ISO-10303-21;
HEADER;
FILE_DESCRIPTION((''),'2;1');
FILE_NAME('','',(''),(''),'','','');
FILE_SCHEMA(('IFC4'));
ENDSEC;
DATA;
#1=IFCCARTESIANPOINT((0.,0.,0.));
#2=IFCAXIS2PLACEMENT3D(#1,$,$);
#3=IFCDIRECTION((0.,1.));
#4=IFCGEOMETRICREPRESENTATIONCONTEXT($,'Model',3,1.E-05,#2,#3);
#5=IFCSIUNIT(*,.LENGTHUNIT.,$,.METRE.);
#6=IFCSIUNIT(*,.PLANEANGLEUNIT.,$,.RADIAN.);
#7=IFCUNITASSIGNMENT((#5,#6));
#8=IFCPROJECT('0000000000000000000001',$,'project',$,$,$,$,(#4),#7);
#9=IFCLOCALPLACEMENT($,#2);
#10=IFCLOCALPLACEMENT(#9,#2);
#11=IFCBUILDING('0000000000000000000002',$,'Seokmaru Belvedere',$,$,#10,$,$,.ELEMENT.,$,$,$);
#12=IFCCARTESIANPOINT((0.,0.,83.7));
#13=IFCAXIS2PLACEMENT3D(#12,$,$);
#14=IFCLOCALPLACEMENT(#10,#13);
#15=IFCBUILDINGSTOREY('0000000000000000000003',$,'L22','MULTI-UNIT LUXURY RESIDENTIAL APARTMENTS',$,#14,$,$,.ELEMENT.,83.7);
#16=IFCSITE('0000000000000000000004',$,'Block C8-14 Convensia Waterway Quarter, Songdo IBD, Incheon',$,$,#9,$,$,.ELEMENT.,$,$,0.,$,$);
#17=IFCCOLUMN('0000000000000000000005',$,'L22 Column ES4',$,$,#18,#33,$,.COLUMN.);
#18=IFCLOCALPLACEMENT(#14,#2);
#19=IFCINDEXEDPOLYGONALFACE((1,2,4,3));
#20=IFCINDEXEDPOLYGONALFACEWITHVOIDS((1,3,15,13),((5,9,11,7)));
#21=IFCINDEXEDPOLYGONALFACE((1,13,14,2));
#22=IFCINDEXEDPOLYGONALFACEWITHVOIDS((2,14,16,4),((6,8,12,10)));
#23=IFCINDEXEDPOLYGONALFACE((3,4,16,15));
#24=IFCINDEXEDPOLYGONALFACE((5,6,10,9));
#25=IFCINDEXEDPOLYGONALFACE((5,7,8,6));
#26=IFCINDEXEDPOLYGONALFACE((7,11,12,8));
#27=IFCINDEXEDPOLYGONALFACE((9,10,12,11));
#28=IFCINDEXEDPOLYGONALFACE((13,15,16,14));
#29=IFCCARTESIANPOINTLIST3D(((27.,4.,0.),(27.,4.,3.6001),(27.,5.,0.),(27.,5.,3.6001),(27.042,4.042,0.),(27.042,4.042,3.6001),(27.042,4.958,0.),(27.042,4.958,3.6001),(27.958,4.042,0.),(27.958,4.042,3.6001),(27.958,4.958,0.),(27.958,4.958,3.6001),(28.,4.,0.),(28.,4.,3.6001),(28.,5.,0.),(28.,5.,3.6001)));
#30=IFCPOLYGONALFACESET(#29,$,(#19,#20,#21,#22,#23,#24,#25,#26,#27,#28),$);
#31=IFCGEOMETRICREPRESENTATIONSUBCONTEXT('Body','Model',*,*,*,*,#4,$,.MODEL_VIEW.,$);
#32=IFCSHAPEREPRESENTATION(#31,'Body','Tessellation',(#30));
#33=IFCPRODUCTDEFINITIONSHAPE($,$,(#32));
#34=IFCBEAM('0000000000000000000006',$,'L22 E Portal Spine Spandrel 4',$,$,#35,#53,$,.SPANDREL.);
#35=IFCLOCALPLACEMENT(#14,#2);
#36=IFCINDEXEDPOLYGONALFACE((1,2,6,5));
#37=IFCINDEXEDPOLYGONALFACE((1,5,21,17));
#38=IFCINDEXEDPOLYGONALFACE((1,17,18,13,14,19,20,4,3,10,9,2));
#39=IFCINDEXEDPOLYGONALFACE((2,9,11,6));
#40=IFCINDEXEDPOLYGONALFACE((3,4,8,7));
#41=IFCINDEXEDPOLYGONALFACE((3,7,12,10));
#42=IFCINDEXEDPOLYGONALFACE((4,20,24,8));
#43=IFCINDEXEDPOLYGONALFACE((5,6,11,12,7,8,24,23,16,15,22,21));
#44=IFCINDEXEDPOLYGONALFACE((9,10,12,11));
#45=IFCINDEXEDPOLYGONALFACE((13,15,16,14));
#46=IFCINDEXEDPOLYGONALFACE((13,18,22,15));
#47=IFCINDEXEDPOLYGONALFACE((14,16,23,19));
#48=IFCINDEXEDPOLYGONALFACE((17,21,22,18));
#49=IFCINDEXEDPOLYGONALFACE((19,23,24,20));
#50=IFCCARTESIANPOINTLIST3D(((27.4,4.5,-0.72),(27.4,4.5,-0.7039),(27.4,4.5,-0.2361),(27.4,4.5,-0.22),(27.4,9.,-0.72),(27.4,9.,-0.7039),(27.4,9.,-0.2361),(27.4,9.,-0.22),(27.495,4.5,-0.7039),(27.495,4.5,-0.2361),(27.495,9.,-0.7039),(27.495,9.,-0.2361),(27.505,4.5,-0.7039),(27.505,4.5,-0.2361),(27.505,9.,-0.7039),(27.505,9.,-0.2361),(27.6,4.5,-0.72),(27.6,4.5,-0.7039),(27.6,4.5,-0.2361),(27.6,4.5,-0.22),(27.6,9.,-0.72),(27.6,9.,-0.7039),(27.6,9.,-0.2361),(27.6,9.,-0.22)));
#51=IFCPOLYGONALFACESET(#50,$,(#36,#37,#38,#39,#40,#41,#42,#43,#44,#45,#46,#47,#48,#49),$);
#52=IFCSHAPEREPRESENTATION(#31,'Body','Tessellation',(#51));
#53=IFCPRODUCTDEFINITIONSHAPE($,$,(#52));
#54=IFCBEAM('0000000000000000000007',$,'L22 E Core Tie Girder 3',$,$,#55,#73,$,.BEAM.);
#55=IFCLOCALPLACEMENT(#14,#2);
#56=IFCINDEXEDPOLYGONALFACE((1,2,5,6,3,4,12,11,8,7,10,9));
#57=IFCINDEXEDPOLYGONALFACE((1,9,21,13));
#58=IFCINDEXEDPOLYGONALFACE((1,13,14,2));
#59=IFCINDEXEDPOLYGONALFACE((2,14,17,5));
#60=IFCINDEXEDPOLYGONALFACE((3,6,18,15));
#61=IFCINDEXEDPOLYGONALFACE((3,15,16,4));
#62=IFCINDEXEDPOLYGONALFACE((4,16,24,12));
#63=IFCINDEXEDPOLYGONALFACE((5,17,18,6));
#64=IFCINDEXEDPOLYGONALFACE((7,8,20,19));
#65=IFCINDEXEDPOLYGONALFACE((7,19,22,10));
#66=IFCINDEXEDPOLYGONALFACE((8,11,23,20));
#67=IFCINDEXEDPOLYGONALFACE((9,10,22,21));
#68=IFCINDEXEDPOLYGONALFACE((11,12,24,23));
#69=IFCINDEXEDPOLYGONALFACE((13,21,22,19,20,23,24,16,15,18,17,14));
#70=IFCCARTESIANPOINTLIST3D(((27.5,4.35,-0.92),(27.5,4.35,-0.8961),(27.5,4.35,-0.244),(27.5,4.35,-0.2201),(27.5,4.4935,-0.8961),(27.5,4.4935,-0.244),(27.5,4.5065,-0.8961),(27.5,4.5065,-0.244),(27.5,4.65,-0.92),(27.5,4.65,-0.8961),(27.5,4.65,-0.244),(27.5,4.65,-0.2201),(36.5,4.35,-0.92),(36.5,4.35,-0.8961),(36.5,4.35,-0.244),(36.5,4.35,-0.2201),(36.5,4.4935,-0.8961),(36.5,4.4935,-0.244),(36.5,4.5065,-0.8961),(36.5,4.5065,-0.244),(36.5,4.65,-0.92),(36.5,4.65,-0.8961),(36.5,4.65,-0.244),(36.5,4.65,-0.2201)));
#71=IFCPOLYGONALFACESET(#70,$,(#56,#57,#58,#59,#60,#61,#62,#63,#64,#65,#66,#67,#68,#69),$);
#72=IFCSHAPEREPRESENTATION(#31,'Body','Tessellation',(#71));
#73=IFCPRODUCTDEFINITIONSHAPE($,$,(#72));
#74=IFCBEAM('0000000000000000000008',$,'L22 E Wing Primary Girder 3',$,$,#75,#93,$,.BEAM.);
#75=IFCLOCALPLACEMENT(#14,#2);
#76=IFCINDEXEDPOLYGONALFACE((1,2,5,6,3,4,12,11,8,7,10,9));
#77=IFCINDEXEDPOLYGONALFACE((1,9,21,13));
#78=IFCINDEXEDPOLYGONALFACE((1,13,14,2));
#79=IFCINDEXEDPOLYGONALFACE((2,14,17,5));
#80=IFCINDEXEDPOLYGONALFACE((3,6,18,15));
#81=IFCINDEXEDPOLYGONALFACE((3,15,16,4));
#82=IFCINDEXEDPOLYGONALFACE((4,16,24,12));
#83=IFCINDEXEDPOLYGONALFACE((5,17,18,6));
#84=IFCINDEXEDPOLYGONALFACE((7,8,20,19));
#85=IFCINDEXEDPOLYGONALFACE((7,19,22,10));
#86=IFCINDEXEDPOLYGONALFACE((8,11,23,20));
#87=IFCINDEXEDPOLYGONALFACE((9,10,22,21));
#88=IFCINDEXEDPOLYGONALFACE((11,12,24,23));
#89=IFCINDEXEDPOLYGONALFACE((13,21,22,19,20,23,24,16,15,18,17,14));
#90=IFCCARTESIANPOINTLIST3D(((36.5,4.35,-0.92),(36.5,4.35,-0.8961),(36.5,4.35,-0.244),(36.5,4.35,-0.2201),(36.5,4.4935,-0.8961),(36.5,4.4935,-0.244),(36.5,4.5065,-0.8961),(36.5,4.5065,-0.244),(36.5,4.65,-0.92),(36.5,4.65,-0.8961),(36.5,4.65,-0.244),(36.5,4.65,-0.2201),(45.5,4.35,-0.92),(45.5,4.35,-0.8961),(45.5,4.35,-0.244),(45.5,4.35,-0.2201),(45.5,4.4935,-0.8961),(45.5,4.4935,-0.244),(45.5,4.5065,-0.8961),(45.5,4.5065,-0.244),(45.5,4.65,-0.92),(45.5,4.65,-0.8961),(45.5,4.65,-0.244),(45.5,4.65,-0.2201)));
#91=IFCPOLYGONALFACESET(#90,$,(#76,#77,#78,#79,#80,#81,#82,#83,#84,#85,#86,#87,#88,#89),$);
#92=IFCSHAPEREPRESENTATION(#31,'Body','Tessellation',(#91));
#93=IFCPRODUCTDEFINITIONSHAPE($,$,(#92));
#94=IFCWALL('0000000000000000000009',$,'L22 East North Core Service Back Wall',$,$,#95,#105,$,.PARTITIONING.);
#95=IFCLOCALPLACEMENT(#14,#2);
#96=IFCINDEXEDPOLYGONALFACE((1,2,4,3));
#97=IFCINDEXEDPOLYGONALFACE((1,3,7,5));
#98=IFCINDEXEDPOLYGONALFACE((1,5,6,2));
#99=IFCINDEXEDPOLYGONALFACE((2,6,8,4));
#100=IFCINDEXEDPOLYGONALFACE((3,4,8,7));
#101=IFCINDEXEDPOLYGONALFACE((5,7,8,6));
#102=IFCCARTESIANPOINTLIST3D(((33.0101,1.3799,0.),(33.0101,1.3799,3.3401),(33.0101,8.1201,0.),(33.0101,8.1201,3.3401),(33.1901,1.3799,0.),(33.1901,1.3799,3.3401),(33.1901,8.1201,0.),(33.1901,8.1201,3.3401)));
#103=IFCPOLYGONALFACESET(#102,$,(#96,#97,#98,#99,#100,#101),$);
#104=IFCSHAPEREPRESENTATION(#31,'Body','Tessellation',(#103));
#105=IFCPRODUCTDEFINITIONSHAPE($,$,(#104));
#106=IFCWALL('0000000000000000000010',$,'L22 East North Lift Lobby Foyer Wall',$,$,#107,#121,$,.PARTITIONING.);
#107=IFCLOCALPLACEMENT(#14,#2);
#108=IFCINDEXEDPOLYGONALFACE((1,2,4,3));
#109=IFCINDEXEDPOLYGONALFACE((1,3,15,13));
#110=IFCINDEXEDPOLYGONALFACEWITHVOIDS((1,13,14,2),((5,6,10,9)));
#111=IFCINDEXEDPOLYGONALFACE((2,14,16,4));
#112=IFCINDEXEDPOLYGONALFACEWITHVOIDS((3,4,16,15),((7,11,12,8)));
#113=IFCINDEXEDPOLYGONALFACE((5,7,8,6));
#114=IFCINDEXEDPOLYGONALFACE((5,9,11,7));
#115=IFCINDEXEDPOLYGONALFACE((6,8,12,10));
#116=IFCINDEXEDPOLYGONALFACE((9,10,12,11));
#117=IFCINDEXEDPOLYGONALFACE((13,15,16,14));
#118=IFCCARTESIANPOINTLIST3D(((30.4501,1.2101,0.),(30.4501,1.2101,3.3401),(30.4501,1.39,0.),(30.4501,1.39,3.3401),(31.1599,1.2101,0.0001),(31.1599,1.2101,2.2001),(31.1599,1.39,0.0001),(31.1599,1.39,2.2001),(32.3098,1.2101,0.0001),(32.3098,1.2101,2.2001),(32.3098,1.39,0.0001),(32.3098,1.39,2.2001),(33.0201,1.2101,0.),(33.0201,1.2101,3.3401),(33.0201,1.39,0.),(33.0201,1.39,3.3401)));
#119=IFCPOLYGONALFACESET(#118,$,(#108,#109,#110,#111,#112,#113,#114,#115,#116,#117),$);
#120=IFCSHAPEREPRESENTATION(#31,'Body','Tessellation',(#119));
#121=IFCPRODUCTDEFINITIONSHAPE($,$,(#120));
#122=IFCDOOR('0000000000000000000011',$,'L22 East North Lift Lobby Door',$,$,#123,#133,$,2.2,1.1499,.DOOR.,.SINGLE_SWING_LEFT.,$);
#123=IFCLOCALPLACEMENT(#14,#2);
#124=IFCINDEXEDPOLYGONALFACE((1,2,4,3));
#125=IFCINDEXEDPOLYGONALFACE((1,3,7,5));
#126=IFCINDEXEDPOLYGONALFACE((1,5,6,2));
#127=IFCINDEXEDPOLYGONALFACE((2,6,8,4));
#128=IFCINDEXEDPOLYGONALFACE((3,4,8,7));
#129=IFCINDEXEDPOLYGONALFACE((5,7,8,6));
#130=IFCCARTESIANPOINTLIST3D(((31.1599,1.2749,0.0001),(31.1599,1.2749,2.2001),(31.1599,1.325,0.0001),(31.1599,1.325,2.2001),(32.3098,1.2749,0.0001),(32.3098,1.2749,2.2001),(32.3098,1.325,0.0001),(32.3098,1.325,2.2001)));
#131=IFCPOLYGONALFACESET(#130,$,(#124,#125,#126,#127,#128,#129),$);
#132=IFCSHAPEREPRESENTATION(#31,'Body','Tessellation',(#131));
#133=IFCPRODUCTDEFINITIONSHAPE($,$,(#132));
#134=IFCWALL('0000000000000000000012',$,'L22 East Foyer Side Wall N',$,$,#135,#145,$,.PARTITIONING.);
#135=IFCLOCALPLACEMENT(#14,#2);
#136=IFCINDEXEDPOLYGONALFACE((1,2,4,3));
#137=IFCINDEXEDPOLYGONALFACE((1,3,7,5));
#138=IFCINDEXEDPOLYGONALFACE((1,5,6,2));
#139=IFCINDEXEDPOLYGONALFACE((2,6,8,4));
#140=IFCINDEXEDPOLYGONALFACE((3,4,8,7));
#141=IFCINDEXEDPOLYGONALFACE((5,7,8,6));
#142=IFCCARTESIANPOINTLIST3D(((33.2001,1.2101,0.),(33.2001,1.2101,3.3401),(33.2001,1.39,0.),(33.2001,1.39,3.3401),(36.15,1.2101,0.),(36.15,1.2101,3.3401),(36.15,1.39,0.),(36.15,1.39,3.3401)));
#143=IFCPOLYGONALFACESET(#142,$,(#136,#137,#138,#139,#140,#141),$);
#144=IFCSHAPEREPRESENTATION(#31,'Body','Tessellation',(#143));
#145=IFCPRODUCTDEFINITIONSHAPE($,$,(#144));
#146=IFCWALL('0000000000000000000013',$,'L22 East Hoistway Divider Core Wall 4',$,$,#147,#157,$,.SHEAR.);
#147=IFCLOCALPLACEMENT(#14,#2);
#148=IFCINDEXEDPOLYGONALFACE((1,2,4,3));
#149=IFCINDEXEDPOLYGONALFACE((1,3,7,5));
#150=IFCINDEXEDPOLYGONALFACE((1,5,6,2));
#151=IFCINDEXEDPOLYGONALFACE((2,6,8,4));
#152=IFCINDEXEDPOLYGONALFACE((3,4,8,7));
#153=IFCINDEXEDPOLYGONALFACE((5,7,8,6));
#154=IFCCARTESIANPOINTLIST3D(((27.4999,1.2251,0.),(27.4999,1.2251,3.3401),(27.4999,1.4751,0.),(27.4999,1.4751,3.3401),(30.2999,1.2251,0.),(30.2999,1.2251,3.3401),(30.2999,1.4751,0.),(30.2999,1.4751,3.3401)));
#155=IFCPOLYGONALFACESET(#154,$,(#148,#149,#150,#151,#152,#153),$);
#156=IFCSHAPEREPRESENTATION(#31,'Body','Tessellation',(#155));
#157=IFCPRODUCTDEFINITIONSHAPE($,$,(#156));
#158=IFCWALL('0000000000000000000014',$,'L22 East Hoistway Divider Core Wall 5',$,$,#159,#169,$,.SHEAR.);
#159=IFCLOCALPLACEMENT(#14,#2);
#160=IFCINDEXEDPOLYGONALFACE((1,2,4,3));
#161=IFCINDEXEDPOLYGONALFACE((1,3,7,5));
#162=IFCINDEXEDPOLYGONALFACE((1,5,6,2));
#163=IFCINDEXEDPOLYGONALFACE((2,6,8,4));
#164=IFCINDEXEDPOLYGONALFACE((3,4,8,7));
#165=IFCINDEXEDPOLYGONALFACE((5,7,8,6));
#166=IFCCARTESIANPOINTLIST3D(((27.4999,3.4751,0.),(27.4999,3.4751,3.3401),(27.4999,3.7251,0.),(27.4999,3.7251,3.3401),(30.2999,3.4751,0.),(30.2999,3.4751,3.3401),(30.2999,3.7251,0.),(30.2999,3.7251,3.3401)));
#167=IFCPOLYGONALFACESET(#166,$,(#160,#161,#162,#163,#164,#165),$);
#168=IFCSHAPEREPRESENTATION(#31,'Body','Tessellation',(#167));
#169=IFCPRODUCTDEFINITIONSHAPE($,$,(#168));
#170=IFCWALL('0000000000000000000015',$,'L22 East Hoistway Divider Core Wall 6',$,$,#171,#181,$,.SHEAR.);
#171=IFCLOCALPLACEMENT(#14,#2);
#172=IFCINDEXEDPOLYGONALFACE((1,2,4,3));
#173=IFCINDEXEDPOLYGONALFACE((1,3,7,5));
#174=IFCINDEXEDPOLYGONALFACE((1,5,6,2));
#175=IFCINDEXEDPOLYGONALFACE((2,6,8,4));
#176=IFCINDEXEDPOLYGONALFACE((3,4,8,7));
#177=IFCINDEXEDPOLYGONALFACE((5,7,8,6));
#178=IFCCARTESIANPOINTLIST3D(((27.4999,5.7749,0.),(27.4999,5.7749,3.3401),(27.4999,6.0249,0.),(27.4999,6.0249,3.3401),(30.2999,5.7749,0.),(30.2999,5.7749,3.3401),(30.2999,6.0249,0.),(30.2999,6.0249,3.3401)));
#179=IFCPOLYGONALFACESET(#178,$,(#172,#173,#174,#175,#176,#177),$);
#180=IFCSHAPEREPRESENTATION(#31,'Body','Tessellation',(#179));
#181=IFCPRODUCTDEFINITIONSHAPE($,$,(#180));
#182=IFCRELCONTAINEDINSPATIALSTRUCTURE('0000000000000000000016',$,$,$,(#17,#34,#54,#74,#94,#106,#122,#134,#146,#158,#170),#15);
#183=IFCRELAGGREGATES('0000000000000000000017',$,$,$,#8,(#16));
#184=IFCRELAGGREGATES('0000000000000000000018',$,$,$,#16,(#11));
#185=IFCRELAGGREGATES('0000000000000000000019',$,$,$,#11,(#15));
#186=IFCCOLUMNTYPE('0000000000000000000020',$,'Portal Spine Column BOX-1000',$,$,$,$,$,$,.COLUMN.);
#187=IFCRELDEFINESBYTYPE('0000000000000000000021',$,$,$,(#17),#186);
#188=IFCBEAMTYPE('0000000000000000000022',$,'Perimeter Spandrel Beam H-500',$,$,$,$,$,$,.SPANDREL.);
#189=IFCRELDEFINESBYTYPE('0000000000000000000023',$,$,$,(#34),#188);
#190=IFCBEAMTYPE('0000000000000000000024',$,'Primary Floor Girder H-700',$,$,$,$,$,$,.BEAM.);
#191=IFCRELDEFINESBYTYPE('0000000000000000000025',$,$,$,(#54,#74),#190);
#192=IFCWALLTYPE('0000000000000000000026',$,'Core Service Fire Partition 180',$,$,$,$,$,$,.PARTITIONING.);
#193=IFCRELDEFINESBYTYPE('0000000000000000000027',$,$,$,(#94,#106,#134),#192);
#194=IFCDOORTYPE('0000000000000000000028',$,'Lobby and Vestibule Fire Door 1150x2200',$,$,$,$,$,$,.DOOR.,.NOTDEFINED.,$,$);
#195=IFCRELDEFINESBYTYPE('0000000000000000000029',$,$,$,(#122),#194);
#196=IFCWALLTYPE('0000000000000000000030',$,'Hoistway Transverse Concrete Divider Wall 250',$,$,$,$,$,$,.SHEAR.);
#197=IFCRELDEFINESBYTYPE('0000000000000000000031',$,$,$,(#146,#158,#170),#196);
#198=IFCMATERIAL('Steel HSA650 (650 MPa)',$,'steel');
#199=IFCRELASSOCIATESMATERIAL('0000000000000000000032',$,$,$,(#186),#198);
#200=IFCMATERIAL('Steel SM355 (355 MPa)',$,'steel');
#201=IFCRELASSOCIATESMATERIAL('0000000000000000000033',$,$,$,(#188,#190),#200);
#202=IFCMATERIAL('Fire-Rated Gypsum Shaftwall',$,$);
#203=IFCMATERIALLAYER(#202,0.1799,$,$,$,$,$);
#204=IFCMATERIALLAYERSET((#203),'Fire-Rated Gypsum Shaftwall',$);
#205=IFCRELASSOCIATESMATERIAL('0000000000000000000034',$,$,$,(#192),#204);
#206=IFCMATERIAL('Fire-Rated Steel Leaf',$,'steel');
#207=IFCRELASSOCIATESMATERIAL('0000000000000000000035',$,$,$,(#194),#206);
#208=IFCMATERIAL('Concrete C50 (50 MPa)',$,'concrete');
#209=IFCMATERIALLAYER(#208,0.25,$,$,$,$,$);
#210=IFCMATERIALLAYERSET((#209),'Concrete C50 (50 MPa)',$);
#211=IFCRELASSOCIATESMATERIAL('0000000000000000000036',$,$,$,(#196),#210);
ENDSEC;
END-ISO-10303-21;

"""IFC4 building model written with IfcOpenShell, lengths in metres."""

from ifc_helpers import new_model, si_unit, direction, frame, frame_2d, origin, origin_2d, place, context, subcontext, project, spatial, rectangle, hollow_rectangle, i_section, extrude, source, transform, mapped, material, layer, layer_set, material_profile, profile_set, type_object, type_shapes, element, fill, save


model = new_model("IFC4")

# Units and contexts
model_context = context("Model", 3, precision=1e-05, world=origin(), true_north=direction((0.0, 1.0)))
body_context = subcontext(model_context, "Body", "Model", "MODEL_VIEW")
ifc_project = project(units=[si_unit("LENGTHUNIT", "METRE"), si_unit("PLANEANGLEUNIT", "RADIAN")], contexts=[model_context])

# Site, building, storey
site_placement = place(None, origin())
site = spatial("IfcSite", under=ifc_project, at=site_placement, Name="Block C8-14 Convensia Waterway Quarter, Songdo IBD, Incheon", CompositionType="ELEMENT", RefElevation=0.0)
building_placement = place(site_placement, origin())
building = spatial("IfcBuilding", under=site, at=building_placement, Name="Seokmaru Belvedere", CompositionType="ELEMENT")
storey_placement = place(building_placement, frame((0.0, 0.0, 83.7)))
storey = spatial("IfcBuildingStorey", under=building, at=storey_placement, Name="L22", Description="MULTI-UNIT LUXURY RESIDENTIAL APARTMENTS", CompositionType="ELEMENT", Elevation=83.7)

# Column
ifc_material_1 = material(Name="Steel HSA650 (650 MPa)", Category="steel")
ifc_material_profile_1 = material_profile(ifc_material_1, hollow_rectangle(XDim=1.0, YDim=1.0, WallThickness=0.042, at=origin_2d()), Name="BOX-1000x1000x42")
ifc_profile_set_1 = profile_set([ifc_material_profile_1], Name="Steel HSA650 (650 MPa)")
column_type = type_object("IfcColumnType", Name="Portal Spine Column BOX-1000", PredefinedType="COLUMN", material=ifc_profile_set_1)
shared_shape_1 = source(origin(), body_context, "Body", "SweptSolid", [
    extrude(hollow_rectangle(XDim=1.0, YDim=1.0, WallThickness=0.042, at=origin_2d()), origin(), (0.0, 0.0, 1.0), 3.6001),
])
type_shapes(column_type, [shared_shape_1])
column_placement = place(storey_placement, frame((27.5, 4.5, 0.0), z_axis=(0.0, 0.0, 1.0), x_axis=(1.0, 0.0, 0.0)))
element("IfcColumn", 1, at=column_placement, inside=storey, type_object=column_type, Name="L22 Column ES4", PredefinedType="COLUMN", context=body_context, shape_type="MappedRepresentation", body=[
    mapped(shared_shape_1, transform((0.0, 0.0, 0.0), scale=1.0)),
])

# Beams
ifc_material_2 = material(Name="Steel SM355 (355 MPa)", Category="steel")
ifc_material_profile_2 = material_profile(ifc_material_2, i_section(OverallWidth=0.2, OverallDepth=0.5, WebThickness=0.01, FlangeThickness=0.0161, at=origin_2d()), Name="H-500x200x10x16")
ifc_profile_set_2 = profile_set([ifc_material_profile_2], Name="Steel SM355 (355 MPa)")
beam_type_1 = type_object("IfcBeamType", Name="Perimeter Spandrel Beam H-500", PredefinedType="SPANDREL", material=ifc_profile_set_2)
shared_shape_2 = source(origin(), body_context, "Body", "SweptSolid", [
    extrude(i_section(OverallWidth=0.2, OverallDepth=0.5, WebThickness=0.01, FlangeThickness=0.0161, at=origin_2d()), origin(), (0.0, 0.0, 1.0), 4.5),
])
type_shapes(beam_type_1, [shared_shape_2])
beam_placement = place(storey_placement, frame((27.5, 4.5, -0.47), z_axis=(0.0, 1.0, 0.0), x_axis=(-1.0, 0.0, 0.0)))
element("IfcBeam", 2, at=beam_placement, inside=storey, type_object=beam_type_1, Name="L22 E Portal Spine Spandrel 4", PredefinedType="SPANDREL", context=body_context, shape_type="MappedRepresentation", body=[
    mapped(shared_shape_2, transform((0.0, 0.0, 0.0), scale=1.0)),
])
ifc_material_profile_3 = material_profile(ifc_material_2, i_section(OverallWidth=0.3, OverallDepth=0.7, WebThickness=0.0129, FlangeThickness=0.0239, at=origin_2d()), Name="H-700x300x13x24")
ifc_profile_set_3 = profile_set([ifc_material_profile_3], Name="Steel SM355 (355 MPa)")
beam_type_2 = type_object("IfcBeamType", Name="Primary Floor Girder H-700", PredefinedType="BEAM", material=ifc_profile_set_3)
shared_shape_3 = source(origin(), body_context, "Body", "SweptSolid", [
    extrude(i_section(OverallWidth=0.3, OverallDepth=0.7, WebThickness=0.0129, FlangeThickness=0.0239, at=origin_2d()), origin(), (0.0, 0.0, 1.0), 9.0),
])
type_shapes(beam_type_2, [shared_shape_3])
for number, where, z_axis, x_axis, name in (
    (3, (27.5, 4.5, -0.5701), (1.0, 0.0, 0.0), (0.0, 1.0, 0.0), "L22 E Core Tie Girder 3"),
    (4, (36.5, 4.5, -0.5701), (1.0, 0.0, 0.0), (0.0, 1.0, 0.0), "L22 E Wing Primary Girder 3"),
):
    element("IfcBeam", number, at=place(storey_placement, frame(where, z_axis=z_axis, x_axis=x_axis)), inside=storey, type_object=beam_type_2, Name=name, PredefinedType="BEAM", context=body_context, shape_type="MappedRepresentation", body=[
        mapped(shared_shape_3, transform((0.0, 0.0, 0.0), scale=1.0)),
    ])

# Wall
ifc_material_3 = material(Name="Fire-Rated Gypsum Shaftwall")
ifc_layer_1 = layer(ifc_material_3, 0.1799)
ifc_layer_set_1 = layer_set([ifc_layer_1], Name="Fire-Rated Gypsum Shaftwall")
wall_type_1 = type_object("IfcWallType", Name="Core Service Fire Partition 180", PredefinedType="PARTITIONING", material=ifc_layer_set_1)
wall_1_placement = place(storey_placement, frame((33.1001, 1.3799, 0.0), z_axis=(0.0, 0.0, 1.0), x_axis=(0.0, 1.0, 0.0)))
element("IfcWall", 5, at=wall_1_placement, inside=storey, type_object=wall_type_1, Name="L22 East North Core Service Back Wall", PredefinedType="PARTITIONING", context=body_context, shape_type="SweptSolid", body=[
    extrude(rectangle(XDim=6.7402, YDim=0.1799, at=frame_2d((3.3701, 0.0))), origin(), (0.0, 0.0, 1.0), 3.3401),
])

# Wall, opening, door
wall_2_placement = place(storey_placement, frame((30.45, 1.3, 0.0), z_axis=(0.0, 0.0, 1.0), x_axis=(1.0, 0.0, 0.0)))
wall_2 = element("IfcWall", 6, at=wall_2_placement, inside=storey, type_object=wall_type_1, Name="L22 East North Lift Lobby Foyer Wall", PredefinedType="PARTITIONING", context=body_context, shape_type="SweptSolid", body=[
    extrude(rectangle(XDim=2.5701, YDim=0.1799, at=frame_2d((1.2852, 0.0))), origin(), (0.0, 0.0, 1.0), 3.3401),
])
opening_1_placement = place(wall_2_placement, frame((0.71, 0.0, 0.0)))
opening_1 = element("IfcOpeningElement", 7, at=opening_1_placement, cuts=wall_2, PredefinedType="OPENING", context=body_context, shape_type="SweptSolid", body=[
    extrude(rectangle(XDim=1.1499, YDim=2.2, at=frame_2d((0.575, 1.1001))), frame((0.0, 0.1001, 0.0), z_axis=(0.0, -1.0, 0.0), x_axis=(1.0, 0.0, 0.0)), (0.0, 0.0, 1.0), 0.2),
])
ifc_material_4 = material(Name="Fire-Rated Steel Leaf", Category="steel")
door_type_1 = type_object("IfcDoorType", Name="Lobby and Vestibule Fire Door 1150x2200", OperationType="NOTDEFINED", PredefinedType="DOOR", material=ifc_material_4)
shared_shape_4 = source(origin(), body_context, "Body", "SweptSolid", [
    extrude(rectangle(XDim=1.1499, YDim=2.2, at=frame_2d((0.575, 1.1001))), frame((0.0, 0.0249, 0.0), z_axis=(0.0, -1.0, 0.0), x_axis=(1.0, 0.0, 0.0)), (0.0, 0.0, 1.0), 0.05),
])
type_shapes(door_type_1, [shared_shape_4])
door_1_placement = place(opening_1_placement, origin())
door_1 = element("IfcDoor", 8, at=door_1_placement, inside=storey, type_object=door_type_1, Name="L22 East North Lift Lobby Door", OperationType="SINGLE_SWING_LEFT", OverallHeight=2.2, OverallWidth=1.1499, PredefinedType="DOOR", context=body_context, shape_type="MappedRepresentation", body=[
    mapped(shared_shape_4, transform((0.0, 0.0, 0.0), scale=1.0)),
])
fill(opening_1, door_1)

# Walls
wall_3_placement = place(storey_placement, frame((33.2, 1.3, 0.0), z_axis=(0.0, 0.0, 1.0), x_axis=(1.0, 0.0, 0.0)))
element("IfcWall", 9, at=wall_3_placement, inside=storey, type_object=wall_type_1, Name="L22 East Foyer Side Wall N", PredefinedType="PARTITIONING", context=body_context, shape_type="SweptSolid", body=[
    extrude(rectangle(XDim=2.95, YDim=0.1799, at=frame_2d((1.4751, 0.0))), origin(), (0.0, 0.0, 1.0), 3.3401),
])
ifc_material_5 = material(Name="Concrete C50 (50 MPa)", Category="concrete")
ifc_layer_2 = layer(ifc_material_5, 0.25)
ifc_layer_set_2 = layer_set([ifc_layer_2], Name="Concrete C50 (50 MPa)")
wall_type_2 = type_object("IfcWallType", Name="Hoistway Transverse Concrete Divider Wall 250", PredefinedType="SHEAR", material=ifc_layer_set_2)
for number, where, z_axis, x_axis, name in (
    (10, (27.5, 1.3501, 0.0), (0.0, 0.0, 1.0), (1.0, 0.0, 0.0), "L22 East Hoistway Divider Core Wall 4"),
    (11, (27.5, 3.6001, 0.0), (0.0, 0.0, 1.0), (1.0, 0.0, 0.0), "L22 East Hoistway Divider Core Wall 5"),
    (12, (27.5, 5.8999, 0.0), (0.0, 0.0, 1.0), (1.0, 0.0, 0.0), "L22 East Hoistway Divider Core Wall 6"),
):
    element("IfcWall", number, at=place(storey_placement, frame(where, z_axis=z_axis, x_axis=x_axis)), inside=storey, type_object=wall_type_2, Name=name, PredefinedType="SHEAR", context=body_context, shape_type="SweptSolid", body=[
        extrude(rectangle(XDim=2.8, YDim=0.25, at=frame_2d((1.3999, 0.0))), origin(), (0.0, 0.0, 1.0), 3.3401),
    ])

save(model, "model.ifc")
